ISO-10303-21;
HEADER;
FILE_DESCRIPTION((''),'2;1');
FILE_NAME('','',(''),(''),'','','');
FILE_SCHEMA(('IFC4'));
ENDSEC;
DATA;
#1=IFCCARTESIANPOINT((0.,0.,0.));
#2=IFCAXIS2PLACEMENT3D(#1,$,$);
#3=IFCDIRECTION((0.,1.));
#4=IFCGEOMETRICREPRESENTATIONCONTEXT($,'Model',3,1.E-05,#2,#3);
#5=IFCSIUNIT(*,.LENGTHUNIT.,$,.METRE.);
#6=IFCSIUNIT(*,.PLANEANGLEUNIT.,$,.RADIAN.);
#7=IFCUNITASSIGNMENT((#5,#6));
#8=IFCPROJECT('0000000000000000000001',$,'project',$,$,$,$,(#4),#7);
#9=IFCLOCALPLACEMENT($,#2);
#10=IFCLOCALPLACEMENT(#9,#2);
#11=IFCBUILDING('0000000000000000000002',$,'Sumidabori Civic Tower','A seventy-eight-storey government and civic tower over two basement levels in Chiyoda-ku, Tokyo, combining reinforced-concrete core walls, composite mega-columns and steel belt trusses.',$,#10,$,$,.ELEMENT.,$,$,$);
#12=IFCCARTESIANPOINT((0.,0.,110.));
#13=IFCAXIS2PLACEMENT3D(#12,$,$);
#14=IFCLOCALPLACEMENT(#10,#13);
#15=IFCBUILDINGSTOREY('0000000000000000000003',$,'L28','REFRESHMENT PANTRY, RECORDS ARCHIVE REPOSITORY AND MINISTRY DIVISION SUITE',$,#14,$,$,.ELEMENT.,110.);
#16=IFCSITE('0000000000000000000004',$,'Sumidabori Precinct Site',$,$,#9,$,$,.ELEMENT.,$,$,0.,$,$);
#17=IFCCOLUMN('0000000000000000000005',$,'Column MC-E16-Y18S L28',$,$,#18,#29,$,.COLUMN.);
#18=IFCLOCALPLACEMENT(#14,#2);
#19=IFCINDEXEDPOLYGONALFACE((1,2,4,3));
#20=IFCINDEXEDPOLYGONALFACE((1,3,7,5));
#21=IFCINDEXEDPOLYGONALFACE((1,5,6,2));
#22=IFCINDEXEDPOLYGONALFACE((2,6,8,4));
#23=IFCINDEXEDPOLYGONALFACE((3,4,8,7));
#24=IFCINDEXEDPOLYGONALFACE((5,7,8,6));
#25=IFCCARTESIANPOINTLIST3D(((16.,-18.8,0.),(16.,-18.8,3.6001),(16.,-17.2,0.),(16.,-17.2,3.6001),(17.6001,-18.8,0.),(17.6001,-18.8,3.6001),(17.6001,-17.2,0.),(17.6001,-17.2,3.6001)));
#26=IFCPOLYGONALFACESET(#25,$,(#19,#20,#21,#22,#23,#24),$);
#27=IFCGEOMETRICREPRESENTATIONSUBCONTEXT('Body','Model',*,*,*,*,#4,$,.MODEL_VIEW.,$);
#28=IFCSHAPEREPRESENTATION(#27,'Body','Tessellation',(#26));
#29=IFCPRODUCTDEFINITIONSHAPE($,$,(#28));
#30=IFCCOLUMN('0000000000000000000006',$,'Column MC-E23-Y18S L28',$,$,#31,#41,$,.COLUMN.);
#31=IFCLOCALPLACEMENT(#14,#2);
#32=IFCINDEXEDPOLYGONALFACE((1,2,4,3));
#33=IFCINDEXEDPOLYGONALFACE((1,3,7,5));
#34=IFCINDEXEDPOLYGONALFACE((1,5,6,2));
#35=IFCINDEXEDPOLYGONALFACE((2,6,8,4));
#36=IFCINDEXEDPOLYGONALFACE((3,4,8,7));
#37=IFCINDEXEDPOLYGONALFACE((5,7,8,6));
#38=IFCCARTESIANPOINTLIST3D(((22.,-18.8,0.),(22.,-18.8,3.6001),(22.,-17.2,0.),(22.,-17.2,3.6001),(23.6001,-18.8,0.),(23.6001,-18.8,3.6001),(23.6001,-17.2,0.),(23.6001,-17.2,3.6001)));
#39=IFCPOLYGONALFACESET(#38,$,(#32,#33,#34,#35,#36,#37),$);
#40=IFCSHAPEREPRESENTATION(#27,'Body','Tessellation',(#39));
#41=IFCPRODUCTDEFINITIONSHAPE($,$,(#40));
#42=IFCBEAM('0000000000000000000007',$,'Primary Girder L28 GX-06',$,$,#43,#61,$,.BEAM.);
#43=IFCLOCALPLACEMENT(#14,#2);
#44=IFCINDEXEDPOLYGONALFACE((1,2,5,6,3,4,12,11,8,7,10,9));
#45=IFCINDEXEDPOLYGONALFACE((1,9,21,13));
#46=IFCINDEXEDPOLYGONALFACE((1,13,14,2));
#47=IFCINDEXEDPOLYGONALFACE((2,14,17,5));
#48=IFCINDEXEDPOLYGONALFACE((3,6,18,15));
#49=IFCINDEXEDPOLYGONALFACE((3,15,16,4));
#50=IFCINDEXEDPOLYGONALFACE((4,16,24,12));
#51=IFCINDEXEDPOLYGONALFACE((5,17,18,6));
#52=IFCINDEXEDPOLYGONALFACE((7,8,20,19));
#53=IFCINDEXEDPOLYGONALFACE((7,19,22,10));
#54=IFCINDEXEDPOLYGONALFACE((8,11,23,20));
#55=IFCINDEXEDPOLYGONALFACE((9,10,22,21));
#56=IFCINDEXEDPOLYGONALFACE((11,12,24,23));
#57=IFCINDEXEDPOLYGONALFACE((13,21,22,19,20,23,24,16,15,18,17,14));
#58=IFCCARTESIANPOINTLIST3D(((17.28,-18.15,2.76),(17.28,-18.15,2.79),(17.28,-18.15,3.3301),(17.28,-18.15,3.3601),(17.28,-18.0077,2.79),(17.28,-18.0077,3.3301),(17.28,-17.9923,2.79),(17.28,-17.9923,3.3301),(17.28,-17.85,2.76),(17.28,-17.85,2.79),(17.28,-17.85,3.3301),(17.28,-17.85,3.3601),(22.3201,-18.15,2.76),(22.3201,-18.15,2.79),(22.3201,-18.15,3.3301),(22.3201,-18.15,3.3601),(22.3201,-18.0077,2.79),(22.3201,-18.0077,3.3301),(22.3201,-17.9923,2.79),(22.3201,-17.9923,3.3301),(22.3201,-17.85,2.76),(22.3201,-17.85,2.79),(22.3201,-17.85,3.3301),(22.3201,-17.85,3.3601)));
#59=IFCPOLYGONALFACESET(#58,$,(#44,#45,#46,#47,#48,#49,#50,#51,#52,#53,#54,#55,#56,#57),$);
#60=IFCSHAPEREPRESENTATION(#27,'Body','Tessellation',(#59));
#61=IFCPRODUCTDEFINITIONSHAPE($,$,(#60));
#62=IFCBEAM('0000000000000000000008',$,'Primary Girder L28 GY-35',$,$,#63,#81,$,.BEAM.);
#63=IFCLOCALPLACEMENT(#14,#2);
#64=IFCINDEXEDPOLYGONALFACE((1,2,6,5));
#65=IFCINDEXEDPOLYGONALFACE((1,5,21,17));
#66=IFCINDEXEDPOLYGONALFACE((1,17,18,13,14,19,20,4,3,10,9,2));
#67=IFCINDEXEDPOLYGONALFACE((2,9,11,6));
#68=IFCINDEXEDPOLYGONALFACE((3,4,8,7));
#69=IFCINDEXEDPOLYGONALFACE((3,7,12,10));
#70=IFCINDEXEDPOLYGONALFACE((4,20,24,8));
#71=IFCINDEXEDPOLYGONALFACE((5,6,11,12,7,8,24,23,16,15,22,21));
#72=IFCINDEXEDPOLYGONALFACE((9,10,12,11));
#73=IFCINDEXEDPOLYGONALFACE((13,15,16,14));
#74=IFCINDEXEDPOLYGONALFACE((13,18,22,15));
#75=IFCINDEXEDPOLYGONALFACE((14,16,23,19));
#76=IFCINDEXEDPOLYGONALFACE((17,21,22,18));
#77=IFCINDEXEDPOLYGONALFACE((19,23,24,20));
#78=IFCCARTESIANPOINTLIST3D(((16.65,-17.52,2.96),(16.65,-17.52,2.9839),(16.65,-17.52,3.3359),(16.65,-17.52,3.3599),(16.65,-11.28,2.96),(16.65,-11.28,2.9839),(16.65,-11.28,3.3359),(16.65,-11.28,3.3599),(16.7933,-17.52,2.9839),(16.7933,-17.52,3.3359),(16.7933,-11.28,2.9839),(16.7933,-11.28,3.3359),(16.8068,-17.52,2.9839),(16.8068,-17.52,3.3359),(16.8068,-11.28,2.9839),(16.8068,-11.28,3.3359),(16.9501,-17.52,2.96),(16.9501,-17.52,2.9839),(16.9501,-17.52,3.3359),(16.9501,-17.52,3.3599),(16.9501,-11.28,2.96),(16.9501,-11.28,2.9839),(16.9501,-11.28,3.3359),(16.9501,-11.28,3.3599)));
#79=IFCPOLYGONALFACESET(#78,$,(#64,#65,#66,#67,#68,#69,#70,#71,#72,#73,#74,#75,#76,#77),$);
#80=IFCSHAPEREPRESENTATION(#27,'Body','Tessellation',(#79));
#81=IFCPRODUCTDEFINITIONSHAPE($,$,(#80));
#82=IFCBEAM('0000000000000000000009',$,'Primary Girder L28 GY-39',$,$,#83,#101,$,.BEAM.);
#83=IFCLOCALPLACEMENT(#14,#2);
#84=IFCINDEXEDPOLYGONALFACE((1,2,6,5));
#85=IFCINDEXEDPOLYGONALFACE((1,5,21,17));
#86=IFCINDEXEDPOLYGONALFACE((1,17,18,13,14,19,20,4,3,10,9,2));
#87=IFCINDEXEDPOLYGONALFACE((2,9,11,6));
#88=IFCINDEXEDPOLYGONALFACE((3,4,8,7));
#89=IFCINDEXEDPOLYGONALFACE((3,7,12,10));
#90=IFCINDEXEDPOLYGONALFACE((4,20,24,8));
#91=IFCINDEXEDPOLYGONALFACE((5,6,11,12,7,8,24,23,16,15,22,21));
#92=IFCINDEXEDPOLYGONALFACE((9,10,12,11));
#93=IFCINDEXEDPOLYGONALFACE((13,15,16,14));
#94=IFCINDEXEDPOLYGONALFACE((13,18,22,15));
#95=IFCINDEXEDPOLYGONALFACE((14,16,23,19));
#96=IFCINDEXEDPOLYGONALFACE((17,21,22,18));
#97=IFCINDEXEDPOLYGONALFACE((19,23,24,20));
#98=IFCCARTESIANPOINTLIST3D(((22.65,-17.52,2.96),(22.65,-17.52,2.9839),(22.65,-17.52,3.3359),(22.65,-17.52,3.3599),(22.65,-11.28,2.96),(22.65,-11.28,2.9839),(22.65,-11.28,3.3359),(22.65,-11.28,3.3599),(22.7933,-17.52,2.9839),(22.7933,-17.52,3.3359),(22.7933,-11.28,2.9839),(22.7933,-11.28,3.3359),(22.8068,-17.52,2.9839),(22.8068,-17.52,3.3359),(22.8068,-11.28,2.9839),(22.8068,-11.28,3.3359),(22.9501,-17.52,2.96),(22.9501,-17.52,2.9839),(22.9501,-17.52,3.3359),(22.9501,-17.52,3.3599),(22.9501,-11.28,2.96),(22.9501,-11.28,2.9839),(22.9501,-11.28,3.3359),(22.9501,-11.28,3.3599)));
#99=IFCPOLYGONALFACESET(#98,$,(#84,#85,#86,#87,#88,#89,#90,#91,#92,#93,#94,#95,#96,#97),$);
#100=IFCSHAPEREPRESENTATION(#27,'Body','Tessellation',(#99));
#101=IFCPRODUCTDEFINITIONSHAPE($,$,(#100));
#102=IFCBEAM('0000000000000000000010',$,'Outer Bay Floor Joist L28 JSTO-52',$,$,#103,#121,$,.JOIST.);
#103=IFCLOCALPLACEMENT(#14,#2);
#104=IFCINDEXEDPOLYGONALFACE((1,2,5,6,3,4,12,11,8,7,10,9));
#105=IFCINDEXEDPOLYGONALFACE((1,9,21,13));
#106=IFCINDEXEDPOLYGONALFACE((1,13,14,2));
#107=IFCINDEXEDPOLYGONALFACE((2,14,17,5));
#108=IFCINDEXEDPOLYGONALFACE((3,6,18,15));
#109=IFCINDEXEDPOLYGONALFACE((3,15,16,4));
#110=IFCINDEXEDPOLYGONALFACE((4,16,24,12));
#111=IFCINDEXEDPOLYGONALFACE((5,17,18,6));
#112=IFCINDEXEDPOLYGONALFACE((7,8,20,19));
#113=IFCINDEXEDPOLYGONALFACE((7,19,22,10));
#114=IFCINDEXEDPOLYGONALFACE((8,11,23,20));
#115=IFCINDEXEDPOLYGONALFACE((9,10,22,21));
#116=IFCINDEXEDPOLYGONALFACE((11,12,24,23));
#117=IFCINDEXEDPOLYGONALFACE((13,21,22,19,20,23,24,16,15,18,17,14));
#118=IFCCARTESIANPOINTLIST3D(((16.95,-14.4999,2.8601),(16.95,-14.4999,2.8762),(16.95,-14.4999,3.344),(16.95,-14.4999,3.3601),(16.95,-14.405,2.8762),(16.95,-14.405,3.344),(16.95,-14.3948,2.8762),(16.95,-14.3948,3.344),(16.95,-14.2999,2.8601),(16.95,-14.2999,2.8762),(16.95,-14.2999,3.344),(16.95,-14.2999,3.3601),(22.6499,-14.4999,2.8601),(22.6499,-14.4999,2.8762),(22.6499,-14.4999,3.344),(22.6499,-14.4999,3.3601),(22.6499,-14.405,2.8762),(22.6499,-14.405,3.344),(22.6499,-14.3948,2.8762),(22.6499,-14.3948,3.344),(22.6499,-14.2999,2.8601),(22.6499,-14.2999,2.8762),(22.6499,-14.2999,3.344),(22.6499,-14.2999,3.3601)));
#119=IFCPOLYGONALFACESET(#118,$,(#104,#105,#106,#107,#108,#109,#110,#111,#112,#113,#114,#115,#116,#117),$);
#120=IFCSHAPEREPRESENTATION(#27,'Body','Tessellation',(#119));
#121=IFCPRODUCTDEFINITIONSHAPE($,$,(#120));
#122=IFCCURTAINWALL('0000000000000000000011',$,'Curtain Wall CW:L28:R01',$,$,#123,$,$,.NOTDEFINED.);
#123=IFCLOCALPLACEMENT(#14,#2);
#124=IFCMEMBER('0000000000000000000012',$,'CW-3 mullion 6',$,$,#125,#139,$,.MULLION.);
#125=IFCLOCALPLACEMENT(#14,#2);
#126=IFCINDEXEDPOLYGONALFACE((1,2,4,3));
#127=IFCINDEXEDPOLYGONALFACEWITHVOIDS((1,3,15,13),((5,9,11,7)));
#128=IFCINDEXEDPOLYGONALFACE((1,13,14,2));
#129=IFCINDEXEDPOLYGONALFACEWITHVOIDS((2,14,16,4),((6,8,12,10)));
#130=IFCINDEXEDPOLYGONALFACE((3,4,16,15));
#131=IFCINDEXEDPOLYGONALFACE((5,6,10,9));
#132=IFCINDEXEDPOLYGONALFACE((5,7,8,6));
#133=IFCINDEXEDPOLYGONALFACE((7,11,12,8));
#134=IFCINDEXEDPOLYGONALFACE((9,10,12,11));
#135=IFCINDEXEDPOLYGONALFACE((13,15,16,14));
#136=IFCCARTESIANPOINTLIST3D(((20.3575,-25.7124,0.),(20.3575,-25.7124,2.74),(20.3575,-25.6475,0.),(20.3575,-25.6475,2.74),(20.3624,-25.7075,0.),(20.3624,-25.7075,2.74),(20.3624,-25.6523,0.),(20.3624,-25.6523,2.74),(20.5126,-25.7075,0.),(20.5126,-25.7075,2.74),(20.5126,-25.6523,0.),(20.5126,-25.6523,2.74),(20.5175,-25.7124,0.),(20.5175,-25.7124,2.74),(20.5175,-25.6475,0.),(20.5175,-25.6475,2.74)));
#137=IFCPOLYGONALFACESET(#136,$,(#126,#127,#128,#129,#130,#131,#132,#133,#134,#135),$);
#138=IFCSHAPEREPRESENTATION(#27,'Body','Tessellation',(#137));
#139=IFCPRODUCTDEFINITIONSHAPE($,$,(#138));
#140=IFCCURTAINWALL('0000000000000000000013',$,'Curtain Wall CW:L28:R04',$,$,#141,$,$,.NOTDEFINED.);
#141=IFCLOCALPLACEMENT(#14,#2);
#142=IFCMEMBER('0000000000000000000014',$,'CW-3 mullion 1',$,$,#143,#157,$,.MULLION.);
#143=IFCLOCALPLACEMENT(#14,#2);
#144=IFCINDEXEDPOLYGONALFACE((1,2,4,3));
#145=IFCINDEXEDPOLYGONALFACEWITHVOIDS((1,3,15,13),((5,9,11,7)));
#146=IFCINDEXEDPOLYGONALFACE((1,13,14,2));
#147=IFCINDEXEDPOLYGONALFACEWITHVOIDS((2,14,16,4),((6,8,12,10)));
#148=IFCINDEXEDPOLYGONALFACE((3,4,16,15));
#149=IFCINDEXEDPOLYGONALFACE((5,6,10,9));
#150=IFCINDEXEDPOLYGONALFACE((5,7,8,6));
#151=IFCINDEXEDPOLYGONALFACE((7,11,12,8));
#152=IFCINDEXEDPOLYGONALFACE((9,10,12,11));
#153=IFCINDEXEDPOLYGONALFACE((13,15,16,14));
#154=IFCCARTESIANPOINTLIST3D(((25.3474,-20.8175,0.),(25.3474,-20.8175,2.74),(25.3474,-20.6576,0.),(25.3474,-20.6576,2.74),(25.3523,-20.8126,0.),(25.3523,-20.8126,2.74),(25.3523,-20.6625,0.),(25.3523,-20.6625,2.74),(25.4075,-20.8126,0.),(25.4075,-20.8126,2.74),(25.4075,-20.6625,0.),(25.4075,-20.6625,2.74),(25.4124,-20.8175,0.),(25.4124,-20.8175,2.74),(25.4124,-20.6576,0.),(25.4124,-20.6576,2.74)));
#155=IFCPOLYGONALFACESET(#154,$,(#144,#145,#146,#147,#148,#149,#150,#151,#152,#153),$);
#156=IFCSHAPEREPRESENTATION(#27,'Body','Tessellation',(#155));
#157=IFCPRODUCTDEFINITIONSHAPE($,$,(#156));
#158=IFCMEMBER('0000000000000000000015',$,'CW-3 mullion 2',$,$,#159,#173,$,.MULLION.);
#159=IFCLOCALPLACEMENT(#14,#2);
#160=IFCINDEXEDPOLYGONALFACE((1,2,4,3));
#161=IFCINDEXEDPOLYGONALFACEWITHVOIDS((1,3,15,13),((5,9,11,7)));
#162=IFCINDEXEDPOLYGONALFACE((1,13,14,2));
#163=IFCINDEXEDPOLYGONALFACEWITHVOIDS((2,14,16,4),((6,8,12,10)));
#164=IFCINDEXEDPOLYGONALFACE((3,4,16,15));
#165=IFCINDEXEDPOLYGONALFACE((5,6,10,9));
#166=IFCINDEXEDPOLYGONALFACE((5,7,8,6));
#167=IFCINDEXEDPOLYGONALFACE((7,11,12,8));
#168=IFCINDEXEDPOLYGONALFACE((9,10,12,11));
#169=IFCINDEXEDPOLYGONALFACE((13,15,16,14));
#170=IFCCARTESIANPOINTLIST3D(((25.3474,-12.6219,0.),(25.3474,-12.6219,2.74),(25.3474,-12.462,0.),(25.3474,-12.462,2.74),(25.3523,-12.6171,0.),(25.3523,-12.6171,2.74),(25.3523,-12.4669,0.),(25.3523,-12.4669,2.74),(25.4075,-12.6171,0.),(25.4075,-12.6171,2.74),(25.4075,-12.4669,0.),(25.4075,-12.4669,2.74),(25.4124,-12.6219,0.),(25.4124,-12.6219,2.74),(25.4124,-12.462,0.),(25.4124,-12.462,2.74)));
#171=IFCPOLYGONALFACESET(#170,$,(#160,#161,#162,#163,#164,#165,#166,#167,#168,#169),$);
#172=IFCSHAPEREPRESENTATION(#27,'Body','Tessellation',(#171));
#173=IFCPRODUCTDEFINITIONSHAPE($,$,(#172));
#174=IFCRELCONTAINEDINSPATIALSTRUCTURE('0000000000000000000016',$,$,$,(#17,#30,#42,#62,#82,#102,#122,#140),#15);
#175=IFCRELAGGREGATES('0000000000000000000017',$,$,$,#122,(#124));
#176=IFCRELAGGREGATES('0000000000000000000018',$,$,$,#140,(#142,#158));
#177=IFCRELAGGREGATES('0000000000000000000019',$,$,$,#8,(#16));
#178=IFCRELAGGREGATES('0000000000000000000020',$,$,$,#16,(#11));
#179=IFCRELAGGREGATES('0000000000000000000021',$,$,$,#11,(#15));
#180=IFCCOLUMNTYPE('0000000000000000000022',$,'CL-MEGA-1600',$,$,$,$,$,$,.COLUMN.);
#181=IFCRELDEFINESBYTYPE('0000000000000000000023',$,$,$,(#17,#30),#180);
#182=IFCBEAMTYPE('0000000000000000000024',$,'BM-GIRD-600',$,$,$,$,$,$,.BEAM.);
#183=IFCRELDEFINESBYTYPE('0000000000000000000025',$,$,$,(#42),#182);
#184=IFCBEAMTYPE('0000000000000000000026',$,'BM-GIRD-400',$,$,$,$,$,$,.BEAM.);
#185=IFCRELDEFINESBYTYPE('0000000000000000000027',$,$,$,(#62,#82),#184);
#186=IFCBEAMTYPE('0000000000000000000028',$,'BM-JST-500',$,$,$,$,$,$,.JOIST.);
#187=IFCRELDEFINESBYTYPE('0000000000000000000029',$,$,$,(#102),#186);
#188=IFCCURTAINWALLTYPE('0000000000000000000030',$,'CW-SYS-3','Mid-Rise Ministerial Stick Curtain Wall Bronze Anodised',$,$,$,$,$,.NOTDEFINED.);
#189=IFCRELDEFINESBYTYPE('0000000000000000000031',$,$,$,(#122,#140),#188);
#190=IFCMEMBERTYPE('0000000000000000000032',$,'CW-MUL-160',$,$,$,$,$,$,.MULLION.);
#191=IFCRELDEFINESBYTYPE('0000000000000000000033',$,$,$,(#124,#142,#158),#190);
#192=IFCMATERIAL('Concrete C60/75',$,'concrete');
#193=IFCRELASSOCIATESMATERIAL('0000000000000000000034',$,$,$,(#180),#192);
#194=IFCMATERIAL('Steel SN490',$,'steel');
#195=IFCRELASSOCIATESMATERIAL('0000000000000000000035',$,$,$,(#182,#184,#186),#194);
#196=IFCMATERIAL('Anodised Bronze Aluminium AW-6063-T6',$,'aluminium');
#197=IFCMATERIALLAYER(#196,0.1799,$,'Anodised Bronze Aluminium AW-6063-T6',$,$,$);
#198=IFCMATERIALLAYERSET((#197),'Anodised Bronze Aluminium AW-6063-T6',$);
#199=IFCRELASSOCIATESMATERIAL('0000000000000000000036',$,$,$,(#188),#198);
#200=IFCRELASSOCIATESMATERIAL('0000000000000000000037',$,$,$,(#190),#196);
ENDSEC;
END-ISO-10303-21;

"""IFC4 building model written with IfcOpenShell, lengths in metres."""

from ifc_helpers import new_model, si_unit, direction, frame, origin, origin_2d, place, context, subcontext, project, spatial, rectangle, hollow_rectangle, i_section, extrude, source, transform, mapped, material, layer, layer_set, material_profile, profile_set, type_object, element, aggregate, save


model = new_model("IFC4")

# Units and contexts
model_context = context("Model", 3, precision=1e-05, world=origin(), true_north=direction((0.0, 1.0)))
body_context = subcontext(model_context, "Body", "Model", "MODEL_VIEW")
ifc_project = project(units=[si_unit("LENGTHUNIT", "METRE"), si_unit("PLANEANGLEUNIT", "RADIAN")], contexts=[model_context])

# Site, building, storey
site_placement = place(None, origin())
site = spatial("IfcSite", under=ifc_project, at=site_placement, Name="Sumidabori Precinct Site", CompositionType="ELEMENT", RefElevation=0.0)
building_placement = place(site_placement, origin())
building = spatial("IfcBuilding", under=site, at=building_placement, Name="Sumidabori Civic Tower", Description="A seventy-eight-storey government and civic tower over two basement levels in Chiyoda-ku, Tokyo, combining reinforced-concrete core walls, composite mega-columns and steel belt trusses.", CompositionType="ELEMENT")
storey_placement = place(building_placement, frame((0.0, 0.0, 110.0)))
storey = spatial("IfcBuildingStorey", under=building, at=storey_placement, Name="L28", Description="REFRESHMENT PANTRY, RECORDS ARCHIVE REPOSITORY AND MINISTRY DIVISION SUITE", CompositionType="ELEMENT", Elevation=110.0)

# Columns
ifc_material_1 = material(Name="Concrete C60/75", Category="concrete")
ifc_material_profile_1 = material_profile(ifc_material_1, rectangle(XDim=1.6001, YDim=1.6001, at=origin_2d()), Name="RC 1600x1600")
ifc_profile_set_1 = profile_set([ifc_material_profile_1], Name="Concrete C60/75")
column_type = type_object("IfcColumnType", Name="CL-MEGA-1600", PredefinedType="COLUMN", material=ifc_profile_set_1)
shared_shape_1 = source(origin(), body_context, "Body", "SweptSolid", [
    extrude(rectangle(XDim=1.6001, YDim=1.6001, at=origin_2d()), origin(), (0.0, 0.0, 1.0), 3.6001),
])
for number, where, z_axis, x_axis, name in (
    (1, (16.8, -18.0, 0.0), (0.0, 0.0, 1.0), (1.0, 0.0, 0.0), "Column MC-E16-Y18S L28"),
    (2, (22.8, -18.0, 0.0), (0.0, 0.0, 1.0), (1.0, 0.0, 0.0), "Column MC-E23-Y18S L28"),
):
    element("IfcColumn", number, at=place(storey_placement, frame(where, z_axis=z_axis, x_axis=x_axis)), inside=storey, type_object=column_type, Name=name, PredefinedType="COLUMN", context=body_context, shape_type="MappedRepresentation", body=[
        mapped(shared_shape_1, transform((0.0, 0.0, 0.0), x_axis=(1.0, 0.0, 0.0), y_axis=(0.0, 1.0, 0.0), z_axis=(0.0, 0.0, 1.0), scale=1.0)),
    ])

# Beams
ifc_material_2 = material(Name="Steel SN490", Category="steel")
ifc_material_profile_2 = material_profile(ifc_material_2, i_section(OverallWidth=0.3, OverallDepth=0.6001, WebThickness=0.0154, FlangeThickness=0.03, at=origin_2d()), Name="HE 600 B")
ifc_profile_set_2 = profile_set([ifc_material_profile_2], Name="Steel SN490")
beam_type_1 = type_object("IfcBeamType", Name="BM-GIRD-600", PredefinedType="BEAM", material=ifc_profile_set_2)
shared_shape_2 = source(origin(), body_context, "Body", "SweptSolid", [
    extrude(i_section(OverallWidth=0.3, OverallDepth=0.6001, WebThickness=0.0154, FlangeThickness=0.03, at=origin_2d()), origin(), (0.0, 0.0, 1.0), 5.04),
])
beam_1_placement = place(storey_placement, frame((17.28, -18.0, 3.0601), z_axis=(1.0, 0.0, 0.0), x_axis=(0.0, 1.0, 0.0)))
element("IfcBeam", 3, at=beam_1_placement, inside=storey, type_object=beam_type_1, Name="Primary Girder L28 GX-06", PredefinedType="BEAM", context=body_context, shape_type="MappedRepresentation", body=[
    mapped(shared_shape_2, transform((0.0, 0.0, 0.0), x_axis=(1.0, 0.0, 0.0), y_axis=(0.0, 1.0, 0.0), z_axis=(0.0, 0.0, 1.0), scale=1.0)),
])
ifc_material_profile_3 = material_profile(ifc_material_2, i_section(OverallWidth=0.3, OverallDepth=0.3999, WebThickness=0.0134, FlangeThickness=0.0239, at=origin_2d()), Name="HE 400 B")
ifc_profile_set_3 = profile_set([ifc_material_profile_3], Name="Steel SN490")
beam_type_2 = type_object("IfcBeamType", Name="BM-GIRD-400", PredefinedType="BEAM", material=ifc_profile_set_3)
shared_shape_3 = source(origin(), body_context, "Body", "SweptSolid", [
    extrude(i_section(OverallWidth=0.3, OverallDepth=0.3999, WebThickness=0.0134, FlangeThickness=0.0239, at=origin_2d()), origin(), (0.0, 0.0, 1.0), 6.24),
])
for number, where, z_axis, x_axis, name in (
    (4, (16.8, -17.52, 3.1599), (0.0, 1.0, 0.0), (-1.0, 0.0, 0.0), "Primary Girder L28 GY-35"),
    (5, (22.8, -17.52, 3.1599), (0.0, 1.0, 0.0), (-1.0, 0.0, 0.0), "Primary Girder L28 GY-39"),
):
    element("IfcBeam", number, at=place(storey_placement, frame(where, z_axis=z_axis, x_axis=x_axis)), inside=storey, type_object=beam_type_2, Name=name, PredefinedType="BEAM", context=body_context, shape_type="MappedRepresentation", body=[
        mapped(shared_shape_3, transform((0.0, 0.0, 0.0), x_axis=(1.0, 0.0, 0.0), y_axis=(0.0, 1.0, 0.0), z_axis=(0.0, 0.0, 1.0), scale=1.0)),
    ])
ifc_material_profile_4 = material_profile(ifc_material_2, i_section(OverallWidth=0.2, OverallDepth=0.5, WebThickness=0.0103, FlangeThickness=0.0161, at=origin_2d()), Name="IPE 500")
ifc_profile_set_4 = profile_set([ifc_material_profile_4], Name="Steel SN490")
beam_type_3 = type_object("IfcBeamType", Name="BM-JST-500", PredefinedType="JOIST", material=ifc_profile_set_4)
shared_shape_4 = source(origin(), body_context, "Body", "SweptSolid", [
    extrude(i_section(OverallWidth=0.2, OverallDepth=0.5, WebThickness=0.0103, FlangeThickness=0.0161, at=origin_2d()), origin(), (0.0, 0.0, 1.0), 5.7),
])
beam_2_placement = place(storey_placement, frame((16.95, -14.3999, 3.1101), z_axis=(1.0, 0.0, 0.0), x_axis=(0.0, 1.0, 0.0)))
element("IfcBeam", 6, at=beam_2_placement, inside=storey, type_object=beam_type_3, Name="Outer Bay Floor Joist L28 JSTO-52", PredefinedType="JOIST", context=body_context, shape_type="MappedRepresentation", body=[
    mapped(shared_shape_4, transform((0.0, 0.0, 0.0), x_axis=(1.0, 0.0, 0.0), y_axis=(0.0, 1.0, 0.0), z_axis=(0.0, 0.0, 1.0), scale=1.0)),
])

# Curtain wall, member
ifc_material_3 = material(Name="Anodised Bronze Aluminium AW-6063-T6", Category="aluminium")
ifc_layer_1 = layer(ifc_material_3, 0.1799, Name="Anodised Bronze Aluminium AW-6063-T6")
ifc_layer_set_1 = layer_set([ifc_layer_1], Name="Anodised Bronze Aluminium AW-6063-T6")
curtain_wall_type = type_object("IfcCurtainWallType", Name="CW-SYS-3", Description="Mid-Rise Ministerial Stick Curtain Wall Bronze Anodised", PredefinedType="NOTDEFINED", material=ifc_layer_set_1)
curtain_wall_1_placement = place(storey_placement, origin())
curtain_wall_1 = element("IfcCurtainWall", 7, at=curtain_wall_1_placement, inside=storey, type_object=curtain_wall_type, Name="Curtain Wall CW:L28:R01", PredefinedType="NOTDEFINED")
ifc_material_profile_5 = material_profile(ifc_material_3, hollow_rectangle(XDim=0.0649, YDim=0.1599, WallThickness=0.0049, at=origin_2d()), Name="ALU MULLION 160x65")
ifc_profile_set_5 = profile_set([ifc_material_profile_5], Name="Anodised Bronze Aluminium AW-6063-T6")
member_type_1 = type_object("IfcMemberType", Name="CW-MUL-160", PredefinedType="MULLION", material=ifc_profile_set_5)
shared_shape_5 = source(origin(), body_context, "Body", "SweptSolid", [
    extrude(hollow_rectangle(XDim=0.0649, YDim=0.1599, WallThickness=0.0049, at=origin_2d()), origin(), (0.0, 0.0, 1.0), 2.74),
])
member_1_placement = place(storey_placement, frame((20.4375, -25.6799, 0.0), z_axis=(0.0, 0.0, 1.0), x_axis=(0.0, 1.0, 0.0)))
member_1 = element("IfcMember", 8, at=member_1_placement, type_object=member_type_1, Name="CW-3 mullion 6", PredefinedType="MULLION", context=body_context, shape_type="MappedRepresentation", body=[
    mapped(shared_shape_5, transform((0.0, 0.0, 0.0), x_axis=(1.0, 0.0, 0.0), y_axis=(0.0, 1.0, 0.0), z_axis=(0.0, 0.0, 1.0), scale=1.0)),
])
aggregate(curtain_wall_1, [member_1])

# Curtain wall, members
curtain_wall_2_placement = place(storey_placement, origin())
curtain_wall_2 = element("IfcCurtainWall", 9, at=curtain_wall_2_placement, inside=storey, type_object=curtain_wall_type, Name="Curtain Wall CW:L28:R04", PredefinedType="NOTDEFINED")
member_2_placement = place(storey_placement, frame((25.3799, -20.7375, 0.0), z_axis=(0.0, 0.0, 1.0), x_axis=(-1.0, 0.0, 0.0)))
member_2 = element("IfcMember", 10, at=member_2_placement, type_object=member_type_1, Name="CW-3 mullion 1", PredefinedType="MULLION", context=body_context, shape_type="MappedRepresentation", body=[
    mapped(shared_shape_5, transform((0.0, 0.0, 0.0), x_axis=(1.0, 0.0, 0.0), y_axis=(0.0, 1.0, 0.0), z_axis=(0.0, 0.0, 1.0), scale=1.0)),
])
member_3_placement = place(storey_placement, frame((25.3799, -12.542, 0.0), z_axis=(0.0, 0.0, 1.0), x_axis=(-1.0, 0.0, 0.0)))
member_3 = element("IfcMember", 11, at=member_3_placement, type_object=member_type_1, Name="CW-3 mullion 2", PredefinedType="MULLION", context=body_context, shape_type="MappedRepresentation", body=[
    mapped(shared_shape_5, transform((0.0, 0.0, 0.0), x_axis=(1.0, 0.0, 0.0), y_axis=(0.0, 1.0, 0.0), z_axis=(0.0, 0.0, 1.0), scale=1.0)),
])
aggregate(curtain_wall_2, [member_2, member_3])

save(model, "model.ifc")
